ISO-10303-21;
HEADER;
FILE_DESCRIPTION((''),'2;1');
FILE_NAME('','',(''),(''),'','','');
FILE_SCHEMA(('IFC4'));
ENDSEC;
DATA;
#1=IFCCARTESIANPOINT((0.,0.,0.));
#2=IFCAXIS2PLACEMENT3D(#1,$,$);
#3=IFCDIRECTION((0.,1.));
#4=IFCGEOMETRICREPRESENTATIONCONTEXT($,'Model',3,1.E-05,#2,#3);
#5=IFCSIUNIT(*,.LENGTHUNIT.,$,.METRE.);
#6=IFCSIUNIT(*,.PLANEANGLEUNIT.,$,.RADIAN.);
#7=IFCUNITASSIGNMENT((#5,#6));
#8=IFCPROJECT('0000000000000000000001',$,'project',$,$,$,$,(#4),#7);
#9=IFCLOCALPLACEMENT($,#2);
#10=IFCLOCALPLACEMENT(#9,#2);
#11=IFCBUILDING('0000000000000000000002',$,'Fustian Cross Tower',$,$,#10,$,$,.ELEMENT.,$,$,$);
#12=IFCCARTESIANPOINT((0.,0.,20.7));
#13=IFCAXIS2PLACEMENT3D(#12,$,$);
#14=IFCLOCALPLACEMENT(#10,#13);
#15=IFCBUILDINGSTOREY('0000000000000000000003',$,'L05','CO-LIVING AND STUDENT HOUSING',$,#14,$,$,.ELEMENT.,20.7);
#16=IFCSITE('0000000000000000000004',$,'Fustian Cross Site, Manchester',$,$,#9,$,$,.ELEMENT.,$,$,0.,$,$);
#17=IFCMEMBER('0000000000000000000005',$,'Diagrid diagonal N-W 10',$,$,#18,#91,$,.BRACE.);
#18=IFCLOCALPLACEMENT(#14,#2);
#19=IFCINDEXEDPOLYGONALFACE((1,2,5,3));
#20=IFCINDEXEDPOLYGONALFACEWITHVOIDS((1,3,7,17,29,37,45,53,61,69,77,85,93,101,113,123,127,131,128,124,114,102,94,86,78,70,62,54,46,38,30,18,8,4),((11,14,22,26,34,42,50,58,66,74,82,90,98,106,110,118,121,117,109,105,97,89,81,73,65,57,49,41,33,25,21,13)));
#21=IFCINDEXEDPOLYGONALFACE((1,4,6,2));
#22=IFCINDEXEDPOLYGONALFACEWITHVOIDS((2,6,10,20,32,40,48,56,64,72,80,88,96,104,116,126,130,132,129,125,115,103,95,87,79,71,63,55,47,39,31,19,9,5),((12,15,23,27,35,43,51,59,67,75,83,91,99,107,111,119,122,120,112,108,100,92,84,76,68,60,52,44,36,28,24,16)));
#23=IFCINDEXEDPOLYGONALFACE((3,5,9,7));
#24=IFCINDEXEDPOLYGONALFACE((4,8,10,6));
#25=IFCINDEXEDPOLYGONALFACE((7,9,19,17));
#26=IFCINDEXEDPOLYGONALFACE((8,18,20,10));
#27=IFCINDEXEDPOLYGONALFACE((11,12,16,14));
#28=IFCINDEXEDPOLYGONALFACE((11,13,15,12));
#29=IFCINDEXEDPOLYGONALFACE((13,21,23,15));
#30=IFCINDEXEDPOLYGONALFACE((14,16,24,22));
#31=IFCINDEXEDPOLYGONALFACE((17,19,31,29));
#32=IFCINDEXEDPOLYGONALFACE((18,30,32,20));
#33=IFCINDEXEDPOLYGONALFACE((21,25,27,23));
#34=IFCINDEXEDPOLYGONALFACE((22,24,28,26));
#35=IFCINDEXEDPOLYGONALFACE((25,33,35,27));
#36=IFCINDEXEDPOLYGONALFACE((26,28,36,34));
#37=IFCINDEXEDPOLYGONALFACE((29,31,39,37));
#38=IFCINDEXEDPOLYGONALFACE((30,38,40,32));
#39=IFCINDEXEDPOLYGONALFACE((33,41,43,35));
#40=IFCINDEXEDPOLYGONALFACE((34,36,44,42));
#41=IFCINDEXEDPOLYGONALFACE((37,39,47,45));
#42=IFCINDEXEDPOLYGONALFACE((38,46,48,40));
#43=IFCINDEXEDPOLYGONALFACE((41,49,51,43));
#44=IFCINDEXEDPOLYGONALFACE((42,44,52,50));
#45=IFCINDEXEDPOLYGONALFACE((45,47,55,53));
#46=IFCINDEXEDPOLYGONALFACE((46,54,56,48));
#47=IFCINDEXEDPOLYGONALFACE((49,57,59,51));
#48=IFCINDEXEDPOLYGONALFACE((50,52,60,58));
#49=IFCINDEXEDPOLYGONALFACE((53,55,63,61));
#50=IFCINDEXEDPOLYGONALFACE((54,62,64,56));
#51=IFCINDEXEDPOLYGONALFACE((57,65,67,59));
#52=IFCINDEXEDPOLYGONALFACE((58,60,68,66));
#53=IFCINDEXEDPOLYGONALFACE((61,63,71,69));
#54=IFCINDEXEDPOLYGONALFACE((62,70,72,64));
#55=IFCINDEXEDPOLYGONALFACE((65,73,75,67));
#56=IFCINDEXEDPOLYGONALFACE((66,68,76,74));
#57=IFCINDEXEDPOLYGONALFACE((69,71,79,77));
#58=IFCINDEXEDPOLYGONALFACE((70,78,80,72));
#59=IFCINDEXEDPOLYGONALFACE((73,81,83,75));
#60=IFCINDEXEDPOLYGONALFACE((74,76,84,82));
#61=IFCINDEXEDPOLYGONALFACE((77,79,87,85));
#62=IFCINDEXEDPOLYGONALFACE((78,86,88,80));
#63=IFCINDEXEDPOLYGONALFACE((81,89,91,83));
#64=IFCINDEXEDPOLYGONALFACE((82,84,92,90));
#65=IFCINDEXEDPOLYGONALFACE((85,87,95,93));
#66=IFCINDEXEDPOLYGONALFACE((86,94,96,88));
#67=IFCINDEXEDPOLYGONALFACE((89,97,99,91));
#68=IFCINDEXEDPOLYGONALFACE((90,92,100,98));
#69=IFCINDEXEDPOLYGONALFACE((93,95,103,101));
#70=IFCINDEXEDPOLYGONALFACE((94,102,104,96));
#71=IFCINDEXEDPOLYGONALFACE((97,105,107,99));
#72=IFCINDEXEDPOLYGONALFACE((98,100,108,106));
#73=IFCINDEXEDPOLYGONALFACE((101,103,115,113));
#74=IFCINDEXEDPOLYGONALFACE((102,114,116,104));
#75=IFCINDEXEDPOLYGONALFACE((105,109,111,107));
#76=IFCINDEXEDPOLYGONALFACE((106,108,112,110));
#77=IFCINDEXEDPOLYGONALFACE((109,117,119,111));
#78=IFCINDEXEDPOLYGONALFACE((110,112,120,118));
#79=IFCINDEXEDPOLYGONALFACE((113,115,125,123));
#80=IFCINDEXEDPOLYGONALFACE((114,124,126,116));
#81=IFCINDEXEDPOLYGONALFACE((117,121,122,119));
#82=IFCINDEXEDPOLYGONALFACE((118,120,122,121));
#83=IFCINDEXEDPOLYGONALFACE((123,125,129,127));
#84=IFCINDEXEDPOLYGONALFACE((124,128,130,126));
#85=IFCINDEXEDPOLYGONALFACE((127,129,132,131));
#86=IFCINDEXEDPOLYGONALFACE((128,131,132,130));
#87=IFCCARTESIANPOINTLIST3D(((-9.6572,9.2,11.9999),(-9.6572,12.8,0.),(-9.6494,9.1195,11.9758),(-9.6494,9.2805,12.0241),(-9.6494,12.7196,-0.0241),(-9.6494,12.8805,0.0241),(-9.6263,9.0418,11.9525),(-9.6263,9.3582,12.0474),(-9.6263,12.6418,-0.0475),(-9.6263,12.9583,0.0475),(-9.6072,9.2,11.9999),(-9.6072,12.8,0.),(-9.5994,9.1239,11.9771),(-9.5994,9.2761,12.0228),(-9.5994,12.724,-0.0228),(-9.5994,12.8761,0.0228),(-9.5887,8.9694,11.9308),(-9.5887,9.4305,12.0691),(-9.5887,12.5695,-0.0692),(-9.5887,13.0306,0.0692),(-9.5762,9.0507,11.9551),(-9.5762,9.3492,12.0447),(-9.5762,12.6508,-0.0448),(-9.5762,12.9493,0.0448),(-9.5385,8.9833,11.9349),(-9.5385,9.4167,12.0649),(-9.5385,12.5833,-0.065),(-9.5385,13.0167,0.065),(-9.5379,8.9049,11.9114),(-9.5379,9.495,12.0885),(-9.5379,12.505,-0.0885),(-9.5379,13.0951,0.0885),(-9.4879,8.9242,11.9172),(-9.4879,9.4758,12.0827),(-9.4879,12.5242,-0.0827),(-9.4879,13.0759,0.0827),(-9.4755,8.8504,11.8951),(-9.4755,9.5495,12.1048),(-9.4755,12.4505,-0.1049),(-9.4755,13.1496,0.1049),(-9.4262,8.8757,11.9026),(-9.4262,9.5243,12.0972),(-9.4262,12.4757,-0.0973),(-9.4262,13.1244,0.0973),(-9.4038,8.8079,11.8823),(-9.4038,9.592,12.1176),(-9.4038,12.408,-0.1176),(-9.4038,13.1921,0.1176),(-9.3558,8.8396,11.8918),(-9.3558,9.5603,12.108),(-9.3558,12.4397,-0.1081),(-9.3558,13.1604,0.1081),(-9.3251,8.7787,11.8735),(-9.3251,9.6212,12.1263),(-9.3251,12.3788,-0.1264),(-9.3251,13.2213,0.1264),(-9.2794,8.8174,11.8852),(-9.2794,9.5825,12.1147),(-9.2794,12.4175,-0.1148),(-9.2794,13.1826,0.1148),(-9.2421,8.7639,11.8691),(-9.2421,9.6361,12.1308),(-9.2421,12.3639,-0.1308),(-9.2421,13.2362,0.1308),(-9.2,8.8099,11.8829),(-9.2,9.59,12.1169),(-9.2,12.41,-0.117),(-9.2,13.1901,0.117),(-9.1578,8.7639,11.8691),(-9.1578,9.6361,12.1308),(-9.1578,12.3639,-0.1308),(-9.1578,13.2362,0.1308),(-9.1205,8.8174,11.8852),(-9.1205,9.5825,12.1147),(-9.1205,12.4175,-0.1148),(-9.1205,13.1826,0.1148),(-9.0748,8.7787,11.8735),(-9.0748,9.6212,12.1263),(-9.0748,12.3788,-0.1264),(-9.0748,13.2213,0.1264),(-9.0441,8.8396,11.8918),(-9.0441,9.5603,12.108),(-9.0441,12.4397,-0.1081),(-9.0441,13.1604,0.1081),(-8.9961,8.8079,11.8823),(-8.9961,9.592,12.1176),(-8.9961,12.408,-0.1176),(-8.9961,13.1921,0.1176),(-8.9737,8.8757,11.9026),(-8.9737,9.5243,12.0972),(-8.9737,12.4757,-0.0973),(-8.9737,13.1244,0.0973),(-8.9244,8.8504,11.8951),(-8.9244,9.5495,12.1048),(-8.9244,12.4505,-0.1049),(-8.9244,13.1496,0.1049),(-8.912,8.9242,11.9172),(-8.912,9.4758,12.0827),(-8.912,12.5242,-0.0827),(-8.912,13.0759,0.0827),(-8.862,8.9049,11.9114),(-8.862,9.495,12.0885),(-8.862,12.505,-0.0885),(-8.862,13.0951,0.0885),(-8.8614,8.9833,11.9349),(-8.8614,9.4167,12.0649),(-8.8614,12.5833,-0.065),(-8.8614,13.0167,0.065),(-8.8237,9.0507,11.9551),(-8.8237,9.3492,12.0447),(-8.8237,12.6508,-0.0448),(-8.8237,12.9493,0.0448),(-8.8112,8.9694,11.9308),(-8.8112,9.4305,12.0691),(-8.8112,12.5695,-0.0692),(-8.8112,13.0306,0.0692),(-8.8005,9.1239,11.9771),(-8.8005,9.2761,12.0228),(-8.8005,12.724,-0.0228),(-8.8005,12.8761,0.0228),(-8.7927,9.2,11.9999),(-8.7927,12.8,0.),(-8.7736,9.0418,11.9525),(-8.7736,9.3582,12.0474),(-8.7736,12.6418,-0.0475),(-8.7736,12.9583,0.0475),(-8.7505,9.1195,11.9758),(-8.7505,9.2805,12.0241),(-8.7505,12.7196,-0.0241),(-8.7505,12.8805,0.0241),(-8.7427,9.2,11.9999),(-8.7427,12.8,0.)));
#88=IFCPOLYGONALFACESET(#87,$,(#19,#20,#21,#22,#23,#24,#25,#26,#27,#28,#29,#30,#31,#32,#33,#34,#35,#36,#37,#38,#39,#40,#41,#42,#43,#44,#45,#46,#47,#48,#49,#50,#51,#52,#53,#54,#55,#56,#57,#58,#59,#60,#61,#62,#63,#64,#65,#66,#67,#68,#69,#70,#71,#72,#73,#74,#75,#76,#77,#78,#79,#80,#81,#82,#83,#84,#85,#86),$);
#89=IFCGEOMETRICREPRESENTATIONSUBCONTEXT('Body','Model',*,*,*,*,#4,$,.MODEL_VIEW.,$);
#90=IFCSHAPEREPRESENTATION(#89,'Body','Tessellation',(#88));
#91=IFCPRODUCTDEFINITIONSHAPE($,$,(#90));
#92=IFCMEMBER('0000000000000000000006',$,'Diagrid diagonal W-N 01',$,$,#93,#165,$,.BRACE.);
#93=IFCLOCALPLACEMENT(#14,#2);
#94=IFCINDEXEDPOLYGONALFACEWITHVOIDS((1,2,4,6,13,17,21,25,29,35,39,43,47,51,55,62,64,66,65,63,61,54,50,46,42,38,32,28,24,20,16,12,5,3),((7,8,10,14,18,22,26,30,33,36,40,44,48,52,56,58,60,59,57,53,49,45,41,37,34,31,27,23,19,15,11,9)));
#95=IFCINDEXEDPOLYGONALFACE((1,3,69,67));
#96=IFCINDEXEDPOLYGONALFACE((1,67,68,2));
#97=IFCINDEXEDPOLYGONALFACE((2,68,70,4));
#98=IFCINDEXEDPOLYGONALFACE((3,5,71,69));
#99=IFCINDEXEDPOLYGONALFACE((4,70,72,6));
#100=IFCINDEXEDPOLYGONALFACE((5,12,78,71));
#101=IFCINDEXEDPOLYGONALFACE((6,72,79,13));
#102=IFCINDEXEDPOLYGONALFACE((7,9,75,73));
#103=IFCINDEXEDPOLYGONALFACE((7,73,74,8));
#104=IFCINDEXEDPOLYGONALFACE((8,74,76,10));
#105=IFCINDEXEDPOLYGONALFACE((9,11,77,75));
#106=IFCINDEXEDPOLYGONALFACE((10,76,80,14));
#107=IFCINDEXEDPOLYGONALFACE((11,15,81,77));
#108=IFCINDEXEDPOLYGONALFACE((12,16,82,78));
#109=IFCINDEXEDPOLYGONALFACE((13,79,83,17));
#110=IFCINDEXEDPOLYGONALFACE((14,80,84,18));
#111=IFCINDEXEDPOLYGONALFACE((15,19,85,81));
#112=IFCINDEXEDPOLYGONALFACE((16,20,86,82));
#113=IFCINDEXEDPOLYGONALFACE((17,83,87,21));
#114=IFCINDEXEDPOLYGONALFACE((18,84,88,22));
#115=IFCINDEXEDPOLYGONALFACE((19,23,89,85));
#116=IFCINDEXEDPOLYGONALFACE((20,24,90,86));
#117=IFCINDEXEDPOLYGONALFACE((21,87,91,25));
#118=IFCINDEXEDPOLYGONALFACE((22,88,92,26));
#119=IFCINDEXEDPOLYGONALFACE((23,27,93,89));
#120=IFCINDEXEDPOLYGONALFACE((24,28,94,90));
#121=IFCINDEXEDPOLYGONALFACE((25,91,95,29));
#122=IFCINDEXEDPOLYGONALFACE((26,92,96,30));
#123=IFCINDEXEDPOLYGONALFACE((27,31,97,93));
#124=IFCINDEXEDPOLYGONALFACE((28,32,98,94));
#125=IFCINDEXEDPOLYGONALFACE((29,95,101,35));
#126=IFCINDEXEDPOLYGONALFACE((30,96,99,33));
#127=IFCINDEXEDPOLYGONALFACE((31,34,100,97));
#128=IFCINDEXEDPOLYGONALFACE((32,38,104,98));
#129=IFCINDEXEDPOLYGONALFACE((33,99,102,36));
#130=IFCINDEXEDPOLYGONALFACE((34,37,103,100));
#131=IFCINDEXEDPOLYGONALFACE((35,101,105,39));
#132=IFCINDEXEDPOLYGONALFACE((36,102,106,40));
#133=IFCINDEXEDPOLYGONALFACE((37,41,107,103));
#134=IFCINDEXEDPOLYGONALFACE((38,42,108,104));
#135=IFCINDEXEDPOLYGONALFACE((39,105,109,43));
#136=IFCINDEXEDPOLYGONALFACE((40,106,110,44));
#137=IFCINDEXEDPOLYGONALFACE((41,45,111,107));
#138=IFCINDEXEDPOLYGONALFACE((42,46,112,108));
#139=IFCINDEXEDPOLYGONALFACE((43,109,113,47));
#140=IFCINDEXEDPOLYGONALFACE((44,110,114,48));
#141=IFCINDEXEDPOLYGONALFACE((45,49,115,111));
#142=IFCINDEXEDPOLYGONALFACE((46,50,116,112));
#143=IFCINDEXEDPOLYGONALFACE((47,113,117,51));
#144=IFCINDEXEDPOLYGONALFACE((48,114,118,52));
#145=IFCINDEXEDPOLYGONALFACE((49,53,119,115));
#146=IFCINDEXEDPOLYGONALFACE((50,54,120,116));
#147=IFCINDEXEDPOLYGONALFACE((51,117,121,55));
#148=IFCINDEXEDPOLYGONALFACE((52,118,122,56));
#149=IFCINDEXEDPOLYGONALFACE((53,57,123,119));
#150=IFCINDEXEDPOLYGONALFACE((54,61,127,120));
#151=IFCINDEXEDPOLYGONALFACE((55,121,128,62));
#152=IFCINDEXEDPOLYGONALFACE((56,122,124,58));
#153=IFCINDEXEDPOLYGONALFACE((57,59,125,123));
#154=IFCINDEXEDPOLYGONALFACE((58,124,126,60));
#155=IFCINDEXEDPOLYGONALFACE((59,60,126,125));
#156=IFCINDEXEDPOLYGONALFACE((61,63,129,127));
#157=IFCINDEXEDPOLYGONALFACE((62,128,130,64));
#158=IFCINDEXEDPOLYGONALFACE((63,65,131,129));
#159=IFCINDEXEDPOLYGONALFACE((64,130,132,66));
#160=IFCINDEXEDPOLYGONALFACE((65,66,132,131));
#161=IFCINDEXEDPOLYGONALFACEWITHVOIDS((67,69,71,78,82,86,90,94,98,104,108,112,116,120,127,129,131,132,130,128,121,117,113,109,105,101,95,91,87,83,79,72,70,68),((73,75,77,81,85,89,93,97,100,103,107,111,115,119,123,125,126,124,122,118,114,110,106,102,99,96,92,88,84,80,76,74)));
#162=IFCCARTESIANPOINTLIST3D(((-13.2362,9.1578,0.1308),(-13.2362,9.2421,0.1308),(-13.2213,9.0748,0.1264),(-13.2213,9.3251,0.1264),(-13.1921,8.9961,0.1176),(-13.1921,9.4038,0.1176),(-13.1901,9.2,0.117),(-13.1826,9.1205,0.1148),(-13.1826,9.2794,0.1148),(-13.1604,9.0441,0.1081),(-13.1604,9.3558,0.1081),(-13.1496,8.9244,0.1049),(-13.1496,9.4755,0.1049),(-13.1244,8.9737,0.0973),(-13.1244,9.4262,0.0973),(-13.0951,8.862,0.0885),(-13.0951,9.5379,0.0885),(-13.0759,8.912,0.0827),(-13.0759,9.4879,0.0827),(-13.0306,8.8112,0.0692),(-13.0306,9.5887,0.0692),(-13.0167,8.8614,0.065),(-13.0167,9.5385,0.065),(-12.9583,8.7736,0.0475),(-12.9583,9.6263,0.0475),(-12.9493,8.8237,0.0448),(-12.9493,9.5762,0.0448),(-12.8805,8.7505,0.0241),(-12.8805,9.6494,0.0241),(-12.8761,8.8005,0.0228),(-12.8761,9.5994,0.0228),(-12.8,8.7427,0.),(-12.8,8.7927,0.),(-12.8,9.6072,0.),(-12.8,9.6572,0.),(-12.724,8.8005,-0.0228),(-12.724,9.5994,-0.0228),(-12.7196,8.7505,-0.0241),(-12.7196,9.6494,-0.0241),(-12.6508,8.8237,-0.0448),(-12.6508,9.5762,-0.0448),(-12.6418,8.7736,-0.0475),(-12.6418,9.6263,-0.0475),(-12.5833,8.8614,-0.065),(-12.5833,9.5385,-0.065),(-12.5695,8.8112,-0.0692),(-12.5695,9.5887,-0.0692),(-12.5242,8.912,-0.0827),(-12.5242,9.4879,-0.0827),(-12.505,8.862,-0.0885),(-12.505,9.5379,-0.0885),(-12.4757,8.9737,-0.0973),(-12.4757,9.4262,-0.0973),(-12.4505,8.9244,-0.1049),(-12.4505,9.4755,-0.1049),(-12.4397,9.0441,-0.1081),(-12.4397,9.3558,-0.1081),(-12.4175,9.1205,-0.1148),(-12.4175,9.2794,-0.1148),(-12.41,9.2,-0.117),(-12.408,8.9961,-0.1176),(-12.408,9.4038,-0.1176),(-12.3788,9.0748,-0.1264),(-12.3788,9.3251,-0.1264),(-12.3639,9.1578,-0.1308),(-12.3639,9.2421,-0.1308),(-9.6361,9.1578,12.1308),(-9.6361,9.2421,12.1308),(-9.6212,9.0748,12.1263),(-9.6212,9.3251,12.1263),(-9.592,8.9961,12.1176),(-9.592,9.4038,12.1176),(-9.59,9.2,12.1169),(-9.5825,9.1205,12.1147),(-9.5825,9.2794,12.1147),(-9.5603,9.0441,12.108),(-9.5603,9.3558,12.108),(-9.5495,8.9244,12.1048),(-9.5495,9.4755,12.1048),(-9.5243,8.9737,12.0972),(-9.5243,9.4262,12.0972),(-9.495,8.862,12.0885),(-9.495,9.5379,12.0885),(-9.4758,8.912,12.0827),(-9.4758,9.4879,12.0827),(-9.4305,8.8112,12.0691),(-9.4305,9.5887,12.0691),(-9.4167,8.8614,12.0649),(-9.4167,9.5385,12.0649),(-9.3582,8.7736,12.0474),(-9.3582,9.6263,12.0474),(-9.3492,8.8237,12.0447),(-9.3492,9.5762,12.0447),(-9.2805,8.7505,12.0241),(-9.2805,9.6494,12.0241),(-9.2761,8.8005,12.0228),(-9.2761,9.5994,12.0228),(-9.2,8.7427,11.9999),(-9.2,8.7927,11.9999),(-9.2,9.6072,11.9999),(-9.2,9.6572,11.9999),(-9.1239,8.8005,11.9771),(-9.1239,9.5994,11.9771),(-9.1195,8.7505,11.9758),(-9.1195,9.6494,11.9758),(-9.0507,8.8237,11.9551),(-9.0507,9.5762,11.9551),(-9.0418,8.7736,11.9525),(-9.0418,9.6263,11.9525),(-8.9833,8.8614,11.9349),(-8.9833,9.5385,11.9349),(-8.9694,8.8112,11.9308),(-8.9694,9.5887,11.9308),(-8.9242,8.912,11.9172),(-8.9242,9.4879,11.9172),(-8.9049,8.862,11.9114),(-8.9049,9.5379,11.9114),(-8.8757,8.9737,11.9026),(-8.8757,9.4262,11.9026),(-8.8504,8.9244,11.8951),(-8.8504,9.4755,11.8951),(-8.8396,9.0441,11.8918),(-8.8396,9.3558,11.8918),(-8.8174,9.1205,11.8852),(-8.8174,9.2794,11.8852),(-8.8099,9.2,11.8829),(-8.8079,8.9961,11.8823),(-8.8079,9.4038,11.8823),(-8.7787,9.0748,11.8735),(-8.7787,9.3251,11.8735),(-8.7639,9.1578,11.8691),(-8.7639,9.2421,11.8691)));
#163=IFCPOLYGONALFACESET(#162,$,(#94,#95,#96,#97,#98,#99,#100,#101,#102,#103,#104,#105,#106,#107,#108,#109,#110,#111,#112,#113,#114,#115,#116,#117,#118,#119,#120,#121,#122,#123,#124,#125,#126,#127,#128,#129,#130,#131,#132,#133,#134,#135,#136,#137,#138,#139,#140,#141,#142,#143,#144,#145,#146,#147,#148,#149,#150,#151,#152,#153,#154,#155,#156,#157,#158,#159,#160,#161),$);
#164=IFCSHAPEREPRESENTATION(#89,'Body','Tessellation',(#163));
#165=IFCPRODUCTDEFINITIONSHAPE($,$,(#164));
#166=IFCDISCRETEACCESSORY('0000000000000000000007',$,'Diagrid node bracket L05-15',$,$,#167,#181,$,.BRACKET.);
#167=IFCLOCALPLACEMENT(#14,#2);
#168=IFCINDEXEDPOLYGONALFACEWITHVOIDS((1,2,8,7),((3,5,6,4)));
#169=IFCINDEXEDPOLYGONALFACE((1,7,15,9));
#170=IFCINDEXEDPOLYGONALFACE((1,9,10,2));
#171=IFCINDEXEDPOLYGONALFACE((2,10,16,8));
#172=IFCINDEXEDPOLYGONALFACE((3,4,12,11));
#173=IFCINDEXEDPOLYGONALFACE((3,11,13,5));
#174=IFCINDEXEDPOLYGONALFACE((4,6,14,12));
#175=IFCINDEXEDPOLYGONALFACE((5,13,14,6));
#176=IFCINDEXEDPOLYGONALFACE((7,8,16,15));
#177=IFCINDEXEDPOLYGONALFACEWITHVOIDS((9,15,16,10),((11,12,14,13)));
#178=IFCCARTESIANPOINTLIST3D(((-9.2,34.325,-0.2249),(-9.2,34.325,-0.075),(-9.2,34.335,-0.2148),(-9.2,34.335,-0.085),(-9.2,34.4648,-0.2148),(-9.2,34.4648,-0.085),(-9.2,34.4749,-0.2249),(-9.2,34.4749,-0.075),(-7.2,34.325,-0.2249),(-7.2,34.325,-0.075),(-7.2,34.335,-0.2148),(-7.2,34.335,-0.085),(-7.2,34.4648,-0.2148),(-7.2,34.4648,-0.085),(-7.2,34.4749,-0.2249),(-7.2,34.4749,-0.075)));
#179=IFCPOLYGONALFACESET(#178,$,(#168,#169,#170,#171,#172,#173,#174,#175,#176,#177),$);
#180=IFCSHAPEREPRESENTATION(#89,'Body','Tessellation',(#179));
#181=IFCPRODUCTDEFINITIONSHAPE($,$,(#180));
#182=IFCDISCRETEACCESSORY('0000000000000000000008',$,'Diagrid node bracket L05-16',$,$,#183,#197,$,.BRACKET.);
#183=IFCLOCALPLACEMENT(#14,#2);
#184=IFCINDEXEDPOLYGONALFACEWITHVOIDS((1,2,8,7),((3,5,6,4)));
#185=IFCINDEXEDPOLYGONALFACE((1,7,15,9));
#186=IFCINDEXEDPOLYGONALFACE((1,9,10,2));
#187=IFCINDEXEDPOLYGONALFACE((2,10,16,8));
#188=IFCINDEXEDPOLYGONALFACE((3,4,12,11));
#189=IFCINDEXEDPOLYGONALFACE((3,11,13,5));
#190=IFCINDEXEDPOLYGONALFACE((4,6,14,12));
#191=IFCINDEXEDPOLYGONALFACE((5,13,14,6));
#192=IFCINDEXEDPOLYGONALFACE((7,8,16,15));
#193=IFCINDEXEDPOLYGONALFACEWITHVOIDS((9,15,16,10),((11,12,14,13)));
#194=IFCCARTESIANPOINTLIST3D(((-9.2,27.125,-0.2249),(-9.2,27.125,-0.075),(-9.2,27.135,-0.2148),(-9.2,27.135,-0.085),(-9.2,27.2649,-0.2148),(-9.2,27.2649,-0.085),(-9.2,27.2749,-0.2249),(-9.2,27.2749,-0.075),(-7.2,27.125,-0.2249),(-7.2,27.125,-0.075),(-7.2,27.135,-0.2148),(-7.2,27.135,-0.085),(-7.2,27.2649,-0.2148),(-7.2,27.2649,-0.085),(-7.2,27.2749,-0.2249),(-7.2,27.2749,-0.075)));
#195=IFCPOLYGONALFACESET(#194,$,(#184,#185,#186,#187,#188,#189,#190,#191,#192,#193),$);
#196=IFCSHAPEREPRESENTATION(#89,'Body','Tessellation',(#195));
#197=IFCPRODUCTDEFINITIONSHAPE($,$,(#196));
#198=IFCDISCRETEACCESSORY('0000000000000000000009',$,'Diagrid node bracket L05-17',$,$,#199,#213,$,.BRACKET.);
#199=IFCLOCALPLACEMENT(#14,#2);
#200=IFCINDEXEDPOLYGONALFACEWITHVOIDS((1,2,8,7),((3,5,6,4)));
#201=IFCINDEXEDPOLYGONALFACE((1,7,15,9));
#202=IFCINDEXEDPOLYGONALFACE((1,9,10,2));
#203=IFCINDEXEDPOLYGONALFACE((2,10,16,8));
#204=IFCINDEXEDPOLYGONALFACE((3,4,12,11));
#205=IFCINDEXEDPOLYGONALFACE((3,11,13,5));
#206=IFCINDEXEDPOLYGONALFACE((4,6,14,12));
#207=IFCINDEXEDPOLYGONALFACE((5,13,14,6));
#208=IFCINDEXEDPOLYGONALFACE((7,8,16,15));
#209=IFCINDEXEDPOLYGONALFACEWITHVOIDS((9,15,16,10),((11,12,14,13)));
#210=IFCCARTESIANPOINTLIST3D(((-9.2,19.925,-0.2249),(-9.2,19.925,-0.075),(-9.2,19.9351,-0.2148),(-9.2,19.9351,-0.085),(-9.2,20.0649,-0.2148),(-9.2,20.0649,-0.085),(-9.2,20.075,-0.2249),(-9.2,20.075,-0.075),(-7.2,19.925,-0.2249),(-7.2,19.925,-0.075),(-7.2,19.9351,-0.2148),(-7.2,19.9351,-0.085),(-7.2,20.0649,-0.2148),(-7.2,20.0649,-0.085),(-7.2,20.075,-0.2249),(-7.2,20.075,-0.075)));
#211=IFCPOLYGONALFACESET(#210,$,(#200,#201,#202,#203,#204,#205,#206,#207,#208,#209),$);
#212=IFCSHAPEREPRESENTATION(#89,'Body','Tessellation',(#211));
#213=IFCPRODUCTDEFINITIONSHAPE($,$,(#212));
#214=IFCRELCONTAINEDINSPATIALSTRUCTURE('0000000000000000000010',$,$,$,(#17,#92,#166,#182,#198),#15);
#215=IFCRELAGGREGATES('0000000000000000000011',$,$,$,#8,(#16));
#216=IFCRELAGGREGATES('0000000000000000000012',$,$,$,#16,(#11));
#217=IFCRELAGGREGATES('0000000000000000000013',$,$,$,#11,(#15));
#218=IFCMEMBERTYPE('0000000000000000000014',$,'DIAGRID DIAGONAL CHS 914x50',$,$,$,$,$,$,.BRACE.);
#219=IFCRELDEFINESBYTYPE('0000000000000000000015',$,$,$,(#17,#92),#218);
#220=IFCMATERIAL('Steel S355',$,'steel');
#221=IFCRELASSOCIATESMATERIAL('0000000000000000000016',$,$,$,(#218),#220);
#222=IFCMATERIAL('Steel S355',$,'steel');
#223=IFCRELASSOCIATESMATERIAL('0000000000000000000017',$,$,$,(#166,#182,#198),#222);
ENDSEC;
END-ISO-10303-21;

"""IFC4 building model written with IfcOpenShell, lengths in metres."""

from ifc_helpers import new_model, si_unit, direction, frame, origin, origin_2d, place, context, subcontext, project, spatial, hollow_rectangle, hollow_circle, extrude, material, material_profile, profile_set, type_object, element, save


model = new_model("IFC4")

# Units and contexts
model_context = context("Model", 3, precision=1e-05, world=origin(), true_north=direction((0.0, 1.0)))
body_context = subcontext(model_context, "Body", "Model", "MODEL_VIEW")
ifc_project = project(units=[si_unit("LENGTHUNIT", "METRE"), si_unit("PLANEANGLEUNIT", "RADIAN")], contexts=[model_context])

# Site, building, storey
site_placement = place(None, origin())
site = spatial("IfcSite", under=ifc_project, at=site_placement, Name="Fustian Cross Site, Manchester", CompositionType="ELEMENT", RefElevation=0.0)
building_placement = place(site_placement, origin())
building = spatial("IfcBuilding", under=site, at=building_placement, Name="Fustian Cross Tower", CompositionType="ELEMENT")
storey_placement = place(building_placement, frame((0.0, 0.0, 20.7)))
storey = spatial("IfcBuildingStorey", under=building, at=storey_placement, Name="L05", Description="CO-LIVING AND STUDENT HOUSING", CompositionType="ELEMENT", Elevation=20.7)

# Members
ifc_material_1 = material(Name="Steel S355", Category="steel")
ifc_material_profile_1 = material_profile(ifc_material_1, hollow_circle(Radius=0.4573, WallThickness=0.05, at=origin_2d()), Name="CHS 914x50")
ifc_profile_set_1 = profile_set([ifc_material_profile_1], Name="Steel S355")
member_type_1 = type_object("IfcMemberType", Name="DIAGRID DIAGONAL CHS 914x50", PredefinedType="BRACE", material=ifc_profile_set_1)
for number, where, z_axis, x_axis, name in (
    (1, (-9.2, 12.8, 0.0), (0.0, -0.287355, 0.957824), (1.0, 0.0, 0.0), "Diagrid diagonal N-W 10"),
    (2, (-12.8, 9.2, 0.0), (0.287355, 0.0, 0.957824), (0.0, 1.0, 0.0), "Diagrid diagonal W-N 01"),
):
    element("IfcMember", number, at=place(storey_placement, frame(where, z_axis=z_axis, x_axis=x_axis)), inside=storey, type_object=member_type_1, Name=name, PredefinedType="BRACE", context=body_context, shape_type="SweptSolid", body=[
        extrude(hollow_circle(Radius=0.4573, WallThickness=0.05, at=origin_2d()), origin(), (0.0, 0.0, 1.0), 12.5283),
    ])

# Discrete accessories
ifc_material_2 = material(Name="Steel S355", Category="steel")
for number, where, z_axis, x_axis, name in (
    (3, (-9.2, 34.3999, -0.1499), (1.0, 0.0, 0.0), (0.0, 1.0, 0.0), "Diagrid node bracket L05-15"),
    (4, (-9.2, 27.2, -0.1499), (1.0, 0.0, 0.0), (0.0, 1.0, 0.0), "Diagrid node bracket L05-16"),
    (5, (-9.2, 20.0, -0.1499), (1.0, 0.0, 0.0), (0.0, 1.0, 0.0), "Diagrid node bracket L05-17"),
):
    element("IfcDiscreteAccessory", number, at=place(storey_placement, frame(where, z_axis=z_axis, x_axis=x_axis)), inside=storey, material=ifc_material_2, Name=name, PredefinedType="BRACKET", context=body_context, shape_type="SweptSolid", body=[
        extrude(hollow_rectangle(XDim=0.1499, YDim=0.1499, WallThickness=0.01, at=origin_2d()), origin(), (0.0, 0.0, 1.0), 2.0),
    ])

save(model, "model.ifc")
